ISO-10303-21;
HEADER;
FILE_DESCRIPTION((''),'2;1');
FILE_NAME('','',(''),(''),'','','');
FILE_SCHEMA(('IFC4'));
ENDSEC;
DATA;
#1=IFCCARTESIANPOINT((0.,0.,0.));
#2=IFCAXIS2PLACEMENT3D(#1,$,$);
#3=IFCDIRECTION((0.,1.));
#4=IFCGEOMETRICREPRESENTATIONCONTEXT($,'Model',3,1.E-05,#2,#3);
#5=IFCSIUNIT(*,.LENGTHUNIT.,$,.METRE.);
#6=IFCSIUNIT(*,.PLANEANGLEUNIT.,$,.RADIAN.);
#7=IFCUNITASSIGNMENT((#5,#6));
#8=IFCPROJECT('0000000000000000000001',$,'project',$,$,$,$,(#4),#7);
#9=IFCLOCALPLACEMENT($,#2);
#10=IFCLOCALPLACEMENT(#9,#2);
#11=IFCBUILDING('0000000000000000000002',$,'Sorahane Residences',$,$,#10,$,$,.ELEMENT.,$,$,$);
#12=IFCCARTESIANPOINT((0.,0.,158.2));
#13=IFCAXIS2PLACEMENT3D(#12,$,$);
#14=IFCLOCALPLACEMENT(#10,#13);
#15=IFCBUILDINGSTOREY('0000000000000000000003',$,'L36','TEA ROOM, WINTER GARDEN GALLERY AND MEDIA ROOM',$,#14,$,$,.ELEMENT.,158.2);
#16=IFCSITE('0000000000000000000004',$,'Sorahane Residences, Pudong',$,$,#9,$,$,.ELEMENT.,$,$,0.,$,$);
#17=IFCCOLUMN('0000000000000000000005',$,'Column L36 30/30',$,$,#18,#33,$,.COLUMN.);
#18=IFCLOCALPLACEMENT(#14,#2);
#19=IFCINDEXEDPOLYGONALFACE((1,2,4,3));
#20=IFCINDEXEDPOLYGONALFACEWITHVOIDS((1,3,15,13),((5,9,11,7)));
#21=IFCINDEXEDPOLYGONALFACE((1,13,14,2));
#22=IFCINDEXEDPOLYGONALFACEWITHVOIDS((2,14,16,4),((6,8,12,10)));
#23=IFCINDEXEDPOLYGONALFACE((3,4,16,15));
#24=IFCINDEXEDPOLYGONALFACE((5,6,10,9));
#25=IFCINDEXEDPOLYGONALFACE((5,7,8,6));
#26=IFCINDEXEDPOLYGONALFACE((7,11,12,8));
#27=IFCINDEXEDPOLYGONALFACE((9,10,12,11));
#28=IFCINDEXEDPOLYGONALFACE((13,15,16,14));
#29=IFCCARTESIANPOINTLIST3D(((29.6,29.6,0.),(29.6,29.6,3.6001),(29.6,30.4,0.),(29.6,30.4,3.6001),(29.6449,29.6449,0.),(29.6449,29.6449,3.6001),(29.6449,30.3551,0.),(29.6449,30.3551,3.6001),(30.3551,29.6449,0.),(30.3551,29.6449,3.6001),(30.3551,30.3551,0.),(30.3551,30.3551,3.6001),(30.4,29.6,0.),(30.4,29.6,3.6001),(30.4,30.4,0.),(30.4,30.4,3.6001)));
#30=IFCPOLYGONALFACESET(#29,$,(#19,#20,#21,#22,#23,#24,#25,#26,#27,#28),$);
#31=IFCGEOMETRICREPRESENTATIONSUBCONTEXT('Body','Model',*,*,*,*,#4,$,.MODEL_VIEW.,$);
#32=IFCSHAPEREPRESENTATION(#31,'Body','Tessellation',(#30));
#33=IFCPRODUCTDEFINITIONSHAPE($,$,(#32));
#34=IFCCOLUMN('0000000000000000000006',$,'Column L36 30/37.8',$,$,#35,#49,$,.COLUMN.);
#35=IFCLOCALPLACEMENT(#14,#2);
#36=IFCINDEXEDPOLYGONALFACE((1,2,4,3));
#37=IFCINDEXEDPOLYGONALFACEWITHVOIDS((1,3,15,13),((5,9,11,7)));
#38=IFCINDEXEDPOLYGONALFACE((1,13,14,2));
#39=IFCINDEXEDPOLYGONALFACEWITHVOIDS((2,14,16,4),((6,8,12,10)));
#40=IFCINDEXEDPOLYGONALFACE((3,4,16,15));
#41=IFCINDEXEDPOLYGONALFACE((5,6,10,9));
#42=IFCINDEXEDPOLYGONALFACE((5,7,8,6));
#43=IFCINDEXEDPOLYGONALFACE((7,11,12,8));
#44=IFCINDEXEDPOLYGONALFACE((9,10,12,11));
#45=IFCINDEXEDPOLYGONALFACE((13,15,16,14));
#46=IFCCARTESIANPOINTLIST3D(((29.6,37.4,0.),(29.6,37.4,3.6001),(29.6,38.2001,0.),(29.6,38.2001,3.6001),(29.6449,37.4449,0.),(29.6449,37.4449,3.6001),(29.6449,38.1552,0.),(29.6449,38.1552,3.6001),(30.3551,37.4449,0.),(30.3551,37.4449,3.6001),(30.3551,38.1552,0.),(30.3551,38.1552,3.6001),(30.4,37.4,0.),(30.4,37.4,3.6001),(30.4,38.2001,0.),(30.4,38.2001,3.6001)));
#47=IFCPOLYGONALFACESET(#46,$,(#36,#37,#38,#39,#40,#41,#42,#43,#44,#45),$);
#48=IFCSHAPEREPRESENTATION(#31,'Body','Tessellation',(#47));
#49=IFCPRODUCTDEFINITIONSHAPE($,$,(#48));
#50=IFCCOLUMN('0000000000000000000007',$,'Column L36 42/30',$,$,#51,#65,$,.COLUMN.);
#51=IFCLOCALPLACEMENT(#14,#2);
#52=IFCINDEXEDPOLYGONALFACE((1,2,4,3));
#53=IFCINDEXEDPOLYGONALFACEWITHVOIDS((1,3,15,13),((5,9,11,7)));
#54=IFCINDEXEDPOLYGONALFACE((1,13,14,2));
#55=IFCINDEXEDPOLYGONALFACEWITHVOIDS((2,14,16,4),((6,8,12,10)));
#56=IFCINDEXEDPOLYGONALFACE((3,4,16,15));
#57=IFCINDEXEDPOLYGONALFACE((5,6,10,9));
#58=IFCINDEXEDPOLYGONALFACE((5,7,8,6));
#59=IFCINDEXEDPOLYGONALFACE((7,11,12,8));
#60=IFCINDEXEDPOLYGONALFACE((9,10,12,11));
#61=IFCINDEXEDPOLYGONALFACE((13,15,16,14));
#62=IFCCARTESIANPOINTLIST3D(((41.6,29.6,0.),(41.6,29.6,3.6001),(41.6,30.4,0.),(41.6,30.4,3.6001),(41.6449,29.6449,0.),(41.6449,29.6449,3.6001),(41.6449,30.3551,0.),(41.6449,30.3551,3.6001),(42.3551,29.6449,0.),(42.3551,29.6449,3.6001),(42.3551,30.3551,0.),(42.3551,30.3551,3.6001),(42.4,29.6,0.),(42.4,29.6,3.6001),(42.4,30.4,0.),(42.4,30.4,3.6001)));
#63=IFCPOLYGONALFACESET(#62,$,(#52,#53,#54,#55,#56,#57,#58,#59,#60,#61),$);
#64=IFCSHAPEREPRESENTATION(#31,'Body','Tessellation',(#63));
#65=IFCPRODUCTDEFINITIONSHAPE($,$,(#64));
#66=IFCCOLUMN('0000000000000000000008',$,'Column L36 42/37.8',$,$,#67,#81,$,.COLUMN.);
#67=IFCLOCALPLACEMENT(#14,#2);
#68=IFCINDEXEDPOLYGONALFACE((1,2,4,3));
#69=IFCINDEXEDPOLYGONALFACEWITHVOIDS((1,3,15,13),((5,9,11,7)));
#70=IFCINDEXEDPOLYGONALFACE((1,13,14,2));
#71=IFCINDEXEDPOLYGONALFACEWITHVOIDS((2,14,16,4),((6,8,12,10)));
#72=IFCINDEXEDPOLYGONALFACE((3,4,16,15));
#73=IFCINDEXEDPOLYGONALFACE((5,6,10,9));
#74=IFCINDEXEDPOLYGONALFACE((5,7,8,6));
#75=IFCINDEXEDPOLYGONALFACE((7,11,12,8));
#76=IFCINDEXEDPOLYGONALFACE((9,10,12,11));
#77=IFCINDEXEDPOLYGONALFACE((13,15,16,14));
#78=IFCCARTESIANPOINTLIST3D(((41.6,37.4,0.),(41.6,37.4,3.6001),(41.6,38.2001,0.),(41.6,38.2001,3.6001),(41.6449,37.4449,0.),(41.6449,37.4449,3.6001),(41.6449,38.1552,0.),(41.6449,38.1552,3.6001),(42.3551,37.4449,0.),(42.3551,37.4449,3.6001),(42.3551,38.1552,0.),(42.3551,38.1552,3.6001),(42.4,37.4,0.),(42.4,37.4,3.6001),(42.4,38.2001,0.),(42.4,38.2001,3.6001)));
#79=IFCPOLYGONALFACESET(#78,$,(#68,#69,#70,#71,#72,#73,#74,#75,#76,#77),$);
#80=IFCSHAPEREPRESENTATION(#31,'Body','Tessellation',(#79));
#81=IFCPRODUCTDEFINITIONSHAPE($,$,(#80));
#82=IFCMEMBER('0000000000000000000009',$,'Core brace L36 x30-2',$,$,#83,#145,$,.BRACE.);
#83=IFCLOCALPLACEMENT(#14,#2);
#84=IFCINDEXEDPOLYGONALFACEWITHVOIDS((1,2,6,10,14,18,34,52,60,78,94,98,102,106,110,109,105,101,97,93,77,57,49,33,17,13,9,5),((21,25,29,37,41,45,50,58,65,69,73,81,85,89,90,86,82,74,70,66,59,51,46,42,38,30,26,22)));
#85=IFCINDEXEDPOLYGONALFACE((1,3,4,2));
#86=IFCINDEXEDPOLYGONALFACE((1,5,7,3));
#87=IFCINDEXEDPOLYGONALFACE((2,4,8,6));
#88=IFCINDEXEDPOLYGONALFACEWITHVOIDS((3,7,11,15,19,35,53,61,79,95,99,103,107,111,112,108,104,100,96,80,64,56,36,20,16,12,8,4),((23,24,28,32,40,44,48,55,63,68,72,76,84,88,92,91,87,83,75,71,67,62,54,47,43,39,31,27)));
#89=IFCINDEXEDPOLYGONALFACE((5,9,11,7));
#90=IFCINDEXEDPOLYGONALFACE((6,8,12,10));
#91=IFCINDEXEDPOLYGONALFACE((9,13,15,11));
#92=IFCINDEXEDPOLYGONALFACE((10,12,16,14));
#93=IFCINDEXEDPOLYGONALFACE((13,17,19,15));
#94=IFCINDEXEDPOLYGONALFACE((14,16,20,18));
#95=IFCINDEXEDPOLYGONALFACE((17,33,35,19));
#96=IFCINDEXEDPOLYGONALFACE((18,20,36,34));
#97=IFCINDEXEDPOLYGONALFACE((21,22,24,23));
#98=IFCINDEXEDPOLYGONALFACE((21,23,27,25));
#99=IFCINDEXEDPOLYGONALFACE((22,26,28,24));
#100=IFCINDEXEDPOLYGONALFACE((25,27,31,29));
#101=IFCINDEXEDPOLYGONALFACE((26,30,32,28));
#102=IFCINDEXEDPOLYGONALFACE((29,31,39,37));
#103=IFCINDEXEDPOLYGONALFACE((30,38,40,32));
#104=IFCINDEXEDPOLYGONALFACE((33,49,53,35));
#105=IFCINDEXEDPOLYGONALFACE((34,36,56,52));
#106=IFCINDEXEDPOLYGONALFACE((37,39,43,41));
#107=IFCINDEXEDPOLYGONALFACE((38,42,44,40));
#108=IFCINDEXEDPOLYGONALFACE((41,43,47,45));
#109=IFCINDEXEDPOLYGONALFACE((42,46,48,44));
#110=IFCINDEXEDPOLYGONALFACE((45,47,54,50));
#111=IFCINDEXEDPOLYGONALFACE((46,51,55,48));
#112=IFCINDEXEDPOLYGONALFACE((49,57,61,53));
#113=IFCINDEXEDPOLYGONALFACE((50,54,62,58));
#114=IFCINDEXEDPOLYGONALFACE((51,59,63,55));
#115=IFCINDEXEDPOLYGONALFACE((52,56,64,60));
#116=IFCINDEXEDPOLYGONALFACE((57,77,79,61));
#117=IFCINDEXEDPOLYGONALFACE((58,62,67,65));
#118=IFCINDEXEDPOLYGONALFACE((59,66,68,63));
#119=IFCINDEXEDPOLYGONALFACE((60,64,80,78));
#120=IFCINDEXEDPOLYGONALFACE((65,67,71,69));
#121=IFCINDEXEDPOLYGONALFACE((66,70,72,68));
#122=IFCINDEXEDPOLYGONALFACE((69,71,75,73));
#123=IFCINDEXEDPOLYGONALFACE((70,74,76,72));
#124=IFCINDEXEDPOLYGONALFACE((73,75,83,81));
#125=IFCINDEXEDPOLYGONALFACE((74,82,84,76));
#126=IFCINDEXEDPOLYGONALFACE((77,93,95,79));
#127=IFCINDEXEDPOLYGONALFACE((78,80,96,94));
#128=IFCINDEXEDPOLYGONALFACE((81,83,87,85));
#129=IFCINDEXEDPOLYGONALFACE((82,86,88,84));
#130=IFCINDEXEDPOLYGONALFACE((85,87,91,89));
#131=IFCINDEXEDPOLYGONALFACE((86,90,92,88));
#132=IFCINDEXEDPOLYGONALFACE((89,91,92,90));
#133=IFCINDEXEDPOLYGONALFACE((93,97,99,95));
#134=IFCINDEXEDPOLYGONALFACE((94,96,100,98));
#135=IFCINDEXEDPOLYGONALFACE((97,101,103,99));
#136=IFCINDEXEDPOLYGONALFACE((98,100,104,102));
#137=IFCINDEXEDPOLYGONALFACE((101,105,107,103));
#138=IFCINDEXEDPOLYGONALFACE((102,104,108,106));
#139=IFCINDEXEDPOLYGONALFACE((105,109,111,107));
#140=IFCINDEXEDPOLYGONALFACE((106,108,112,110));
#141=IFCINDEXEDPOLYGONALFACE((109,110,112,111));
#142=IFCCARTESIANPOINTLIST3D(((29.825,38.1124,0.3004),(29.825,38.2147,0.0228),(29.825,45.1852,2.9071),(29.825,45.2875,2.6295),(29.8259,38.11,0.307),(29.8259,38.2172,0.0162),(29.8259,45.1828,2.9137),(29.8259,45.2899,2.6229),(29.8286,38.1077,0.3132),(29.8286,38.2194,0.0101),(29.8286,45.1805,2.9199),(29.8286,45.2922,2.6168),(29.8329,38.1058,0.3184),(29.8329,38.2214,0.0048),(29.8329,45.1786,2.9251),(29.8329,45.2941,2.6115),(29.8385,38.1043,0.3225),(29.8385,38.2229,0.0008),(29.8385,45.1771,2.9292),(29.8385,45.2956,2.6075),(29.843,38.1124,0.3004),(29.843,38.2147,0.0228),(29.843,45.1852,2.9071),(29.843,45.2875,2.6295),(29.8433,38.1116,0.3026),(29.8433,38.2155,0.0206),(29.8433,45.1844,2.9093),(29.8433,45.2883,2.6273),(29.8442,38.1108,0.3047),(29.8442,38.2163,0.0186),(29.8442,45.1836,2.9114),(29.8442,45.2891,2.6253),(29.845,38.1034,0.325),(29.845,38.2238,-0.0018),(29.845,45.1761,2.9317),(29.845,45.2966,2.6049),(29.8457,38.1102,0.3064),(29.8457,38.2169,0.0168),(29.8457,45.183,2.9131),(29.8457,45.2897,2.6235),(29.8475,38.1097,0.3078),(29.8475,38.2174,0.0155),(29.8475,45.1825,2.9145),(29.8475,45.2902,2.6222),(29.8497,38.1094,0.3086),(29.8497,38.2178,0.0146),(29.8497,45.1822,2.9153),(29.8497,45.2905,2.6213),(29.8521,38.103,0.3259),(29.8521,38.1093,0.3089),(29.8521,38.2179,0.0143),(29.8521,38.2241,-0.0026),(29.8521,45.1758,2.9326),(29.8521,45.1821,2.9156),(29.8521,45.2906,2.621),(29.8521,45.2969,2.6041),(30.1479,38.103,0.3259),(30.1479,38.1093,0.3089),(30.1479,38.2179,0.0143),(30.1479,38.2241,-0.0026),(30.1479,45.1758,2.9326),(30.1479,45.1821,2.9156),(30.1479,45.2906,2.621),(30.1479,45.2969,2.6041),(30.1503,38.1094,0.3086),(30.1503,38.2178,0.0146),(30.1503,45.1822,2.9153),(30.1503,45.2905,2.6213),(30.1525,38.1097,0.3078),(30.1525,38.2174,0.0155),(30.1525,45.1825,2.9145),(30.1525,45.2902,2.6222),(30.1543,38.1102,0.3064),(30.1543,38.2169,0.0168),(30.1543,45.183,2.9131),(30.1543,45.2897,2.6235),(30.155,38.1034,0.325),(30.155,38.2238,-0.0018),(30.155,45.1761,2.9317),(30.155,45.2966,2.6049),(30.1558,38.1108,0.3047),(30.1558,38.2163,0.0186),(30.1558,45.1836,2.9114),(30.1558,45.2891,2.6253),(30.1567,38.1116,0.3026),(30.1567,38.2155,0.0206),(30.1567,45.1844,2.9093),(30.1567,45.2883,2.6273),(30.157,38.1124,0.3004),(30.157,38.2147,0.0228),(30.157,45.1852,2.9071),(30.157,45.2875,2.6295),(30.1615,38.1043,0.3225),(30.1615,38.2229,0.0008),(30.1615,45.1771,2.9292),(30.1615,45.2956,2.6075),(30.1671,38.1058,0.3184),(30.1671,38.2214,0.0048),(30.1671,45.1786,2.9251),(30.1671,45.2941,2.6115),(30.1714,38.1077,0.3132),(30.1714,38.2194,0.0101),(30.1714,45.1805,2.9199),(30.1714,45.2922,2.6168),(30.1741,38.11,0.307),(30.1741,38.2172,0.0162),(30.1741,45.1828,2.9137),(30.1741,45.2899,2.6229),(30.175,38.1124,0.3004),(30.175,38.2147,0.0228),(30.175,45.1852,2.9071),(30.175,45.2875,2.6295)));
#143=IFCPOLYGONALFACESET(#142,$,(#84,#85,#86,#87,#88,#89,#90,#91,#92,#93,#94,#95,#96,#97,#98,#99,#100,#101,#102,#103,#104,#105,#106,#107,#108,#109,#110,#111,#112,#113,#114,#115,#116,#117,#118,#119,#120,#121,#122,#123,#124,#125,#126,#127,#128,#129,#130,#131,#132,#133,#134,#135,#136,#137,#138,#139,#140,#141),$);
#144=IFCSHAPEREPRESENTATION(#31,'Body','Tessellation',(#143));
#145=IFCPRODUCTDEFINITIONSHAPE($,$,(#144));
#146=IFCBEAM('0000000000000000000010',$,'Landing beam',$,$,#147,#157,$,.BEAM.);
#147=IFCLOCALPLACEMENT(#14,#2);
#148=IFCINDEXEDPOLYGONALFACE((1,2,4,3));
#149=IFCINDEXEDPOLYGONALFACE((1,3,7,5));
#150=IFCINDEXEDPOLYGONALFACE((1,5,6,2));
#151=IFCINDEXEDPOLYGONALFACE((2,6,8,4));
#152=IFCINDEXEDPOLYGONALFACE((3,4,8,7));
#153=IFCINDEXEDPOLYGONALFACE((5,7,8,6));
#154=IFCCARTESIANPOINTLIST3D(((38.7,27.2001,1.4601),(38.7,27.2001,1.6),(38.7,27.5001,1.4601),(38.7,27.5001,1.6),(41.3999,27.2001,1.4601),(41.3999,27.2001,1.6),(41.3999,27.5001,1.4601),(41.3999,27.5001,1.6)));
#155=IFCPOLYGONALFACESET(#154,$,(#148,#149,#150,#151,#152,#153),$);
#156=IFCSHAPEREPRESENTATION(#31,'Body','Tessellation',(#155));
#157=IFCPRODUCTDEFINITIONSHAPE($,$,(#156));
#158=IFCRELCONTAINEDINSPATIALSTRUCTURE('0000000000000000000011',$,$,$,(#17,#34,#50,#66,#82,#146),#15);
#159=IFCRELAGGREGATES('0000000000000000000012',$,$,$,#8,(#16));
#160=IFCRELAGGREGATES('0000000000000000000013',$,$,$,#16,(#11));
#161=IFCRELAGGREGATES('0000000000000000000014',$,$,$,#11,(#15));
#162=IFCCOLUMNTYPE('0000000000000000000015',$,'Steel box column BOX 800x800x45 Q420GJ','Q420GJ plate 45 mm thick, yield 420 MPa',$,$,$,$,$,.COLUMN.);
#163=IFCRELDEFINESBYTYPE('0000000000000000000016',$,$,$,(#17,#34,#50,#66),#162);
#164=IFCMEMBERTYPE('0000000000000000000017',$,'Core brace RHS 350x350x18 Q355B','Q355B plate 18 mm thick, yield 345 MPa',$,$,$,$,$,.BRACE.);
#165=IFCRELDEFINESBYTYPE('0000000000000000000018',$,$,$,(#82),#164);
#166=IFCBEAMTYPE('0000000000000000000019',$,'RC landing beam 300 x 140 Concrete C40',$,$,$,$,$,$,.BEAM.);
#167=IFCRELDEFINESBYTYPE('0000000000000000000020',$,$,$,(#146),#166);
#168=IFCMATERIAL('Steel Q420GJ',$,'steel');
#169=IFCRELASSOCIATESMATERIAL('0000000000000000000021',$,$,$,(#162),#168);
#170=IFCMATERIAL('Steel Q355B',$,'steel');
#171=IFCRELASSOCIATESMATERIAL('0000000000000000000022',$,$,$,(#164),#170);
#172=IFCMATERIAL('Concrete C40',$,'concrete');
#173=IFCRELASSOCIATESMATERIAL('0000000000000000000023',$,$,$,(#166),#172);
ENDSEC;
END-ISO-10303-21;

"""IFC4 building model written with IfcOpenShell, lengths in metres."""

from ifc_helpers import new_model, si_unit, direction, frame, origin, origin_2d, place, context, subcontext, project, spatial, rectangle, hollow_rectangle, extrude, material, material_profile, profile_set, type_object, element, save


model = new_model("IFC4")

# Units and contexts
model_context = context("Model", 3, precision=1e-05, world=origin(), true_north=direction((0.0, 1.0)))
body_context = subcontext(model_context, "Body", "Model", "MODEL_VIEW")
ifc_project = project(units=[si_unit("LENGTHUNIT", "METRE"), si_unit("PLANEANGLEUNIT", "RADIAN")], contexts=[model_context])

# Site, building, storey
site_placement = place(None, origin())
site = spatial("IfcSite", under=ifc_project, at=site_placement, Name="Sorahane Residences, Pudong", CompositionType="ELEMENT", RefElevation=0.0)
building_placement = place(site_placement, origin())
building = spatial("IfcBuilding", under=site, at=building_placement, Name="Sorahane Residences", CompositionType="ELEMENT")
storey_placement = place(building_placement, frame((0.0, 0.0, 158.2)))
storey = spatial("IfcBuildingStorey", under=building, at=storey_placement, Name="L36", Description="TEA ROOM, WINTER GARDEN GALLERY AND MEDIA ROOM", CompositionType="ELEMENT", Elevation=158.2)

# Columns
ifc_material_1 = material(Name="Steel Q420GJ", Category="steel")
ifc_material_profile_1 = material_profile(ifc_material_1, hollow_rectangle(XDim=0.8, YDim=0.8, WallThickness=0.0449, at=origin_2d()), Name="BOX 800x800x45")
ifc_profile_set_1 = profile_set([ifc_material_profile_1], Name="Steel Q420GJ")
column_type = type_object("IfcColumnType", Name="Steel box column BOX 800x800x45 Q420GJ", Description="Q420GJ plate 45 mm thick, yield 420 MPa", PredefinedType="COLUMN", material=ifc_profile_set_1)
for number, where, z_axis, x_axis, name in (
    (1, (30.0, 30.0, 0.0), (0.0, 0.0, 1.0), (1.0, 0.0, 0.0), "Column L36 30/30"),
    (2, (30.0, 37.8, 0.0), (0.0, 0.0, 1.0), (1.0, 0.0, 0.0), "Column L36 30/37.8"),
    (3, (42.0, 30.0, 0.0), (0.0, 0.0, 1.0), (1.0, 0.0, 0.0), "Column L36 42/30"),
    (4, (42.0, 37.8, 0.0), (0.0, 0.0, 1.0), (1.0, 0.0, 0.0), "Column L36 42/37.8"),
):
    element("IfcColumn", number, at=place(storey_placement, frame(where, z_axis=z_axis, x_axis=x_axis)), inside=storey, type_object=column_type, Name=name, PredefinedType="COLUMN", context=body_context, shape_type="SweptSolid", body=[
        extrude(hollow_rectangle(XDim=0.8, YDim=0.8, WallThickness=0.0449, at=origin_2d()), origin(), (0.0, 0.0, 1.0), 3.6001),
    ])

# Member
ifc_material_2 = material(Name="Steel Q355B", Category="steel")
ifc_material_profile_2 = material_profile(ifc_material_2, hollow_rectangle(XDim=0.3501, YDim=0.3501, WallThickness=0.0181, InnerFilletRadius=0.009, OuterFilletRadius=0.0271, at=origin_2d()), Name="RHS 350x350x18")
ifc_profile_set_2 = profile_set([ifc_material_profile_2], Name="Steel Q355B")
member_type = type_object("IfcMemberType", Name="Core brace RHS 350x350x18 Q355B", Description="Q355B plate 18 mm thick, yield 345 MPa", PredefinedType="BRACE", material=ifc_profile_set_2)
member_placement = place(storey_placement, frame((30.0, 38.1636, 0.1616), z_axis=(0.0, 0.938303, 0.345815), x_axis=(-1.0, 0.0, 0.0)))
element("IfcMember", 5, at=member_placement, inside=storey, type_object=member_type, Name="Core brace L36 x30-2", PredefinedType="BRACE", context=body_context, shape_type="SweptSolid", body=[
    extrude(hollow_rectangle(XDim=0.3501, YDim=0.3501, WallThickness=0.0181, InnerFilletRadius=0.009, OuterFilletRadius=0.0271, at=origin_2d()), origin(), (0.0, 0.0, 1.0), 7.5378),
])

# Beam
ifc_material_3 = material(Name="Concrete C40", Category="concrete")
ifc_material_profile_3 = material_profile(ifc_material_3, rectangle(XDim=0.3, YDim=0.1399, at=origin_2d()), Name="300x140")
ifc_profile_set_3 = profile_set([ifc_material_profile_3], Name="Concrete C40")
beam_type_1 = type_object("IfcBeamType", Name="RC landing beam 300 x 140 Concrete C40", PredefinedType="BEAM", material=ifc_profile_set_3)
beam_placement = place(storey_placement, frame((38.7, 27.3501, 1.53), z_axis=(1.0, 0.0, 0.0), x_axis=(0.0, 1.0, 0.0)))
element("IfcBeam", 6, at=beam_placement, inside=storey, type_object=beam_type_1, Name="Landing beam", PredefinedType="BEAM", context=body_context, shape_type="SweptSolid", body=[
    extrude(rectangle(XDim=0.3, YDim=0.1399, at=origin_2d()), origin(), (0.0, 0.0, 1.0), 2.7),
])

save(model, "model.ifc")
